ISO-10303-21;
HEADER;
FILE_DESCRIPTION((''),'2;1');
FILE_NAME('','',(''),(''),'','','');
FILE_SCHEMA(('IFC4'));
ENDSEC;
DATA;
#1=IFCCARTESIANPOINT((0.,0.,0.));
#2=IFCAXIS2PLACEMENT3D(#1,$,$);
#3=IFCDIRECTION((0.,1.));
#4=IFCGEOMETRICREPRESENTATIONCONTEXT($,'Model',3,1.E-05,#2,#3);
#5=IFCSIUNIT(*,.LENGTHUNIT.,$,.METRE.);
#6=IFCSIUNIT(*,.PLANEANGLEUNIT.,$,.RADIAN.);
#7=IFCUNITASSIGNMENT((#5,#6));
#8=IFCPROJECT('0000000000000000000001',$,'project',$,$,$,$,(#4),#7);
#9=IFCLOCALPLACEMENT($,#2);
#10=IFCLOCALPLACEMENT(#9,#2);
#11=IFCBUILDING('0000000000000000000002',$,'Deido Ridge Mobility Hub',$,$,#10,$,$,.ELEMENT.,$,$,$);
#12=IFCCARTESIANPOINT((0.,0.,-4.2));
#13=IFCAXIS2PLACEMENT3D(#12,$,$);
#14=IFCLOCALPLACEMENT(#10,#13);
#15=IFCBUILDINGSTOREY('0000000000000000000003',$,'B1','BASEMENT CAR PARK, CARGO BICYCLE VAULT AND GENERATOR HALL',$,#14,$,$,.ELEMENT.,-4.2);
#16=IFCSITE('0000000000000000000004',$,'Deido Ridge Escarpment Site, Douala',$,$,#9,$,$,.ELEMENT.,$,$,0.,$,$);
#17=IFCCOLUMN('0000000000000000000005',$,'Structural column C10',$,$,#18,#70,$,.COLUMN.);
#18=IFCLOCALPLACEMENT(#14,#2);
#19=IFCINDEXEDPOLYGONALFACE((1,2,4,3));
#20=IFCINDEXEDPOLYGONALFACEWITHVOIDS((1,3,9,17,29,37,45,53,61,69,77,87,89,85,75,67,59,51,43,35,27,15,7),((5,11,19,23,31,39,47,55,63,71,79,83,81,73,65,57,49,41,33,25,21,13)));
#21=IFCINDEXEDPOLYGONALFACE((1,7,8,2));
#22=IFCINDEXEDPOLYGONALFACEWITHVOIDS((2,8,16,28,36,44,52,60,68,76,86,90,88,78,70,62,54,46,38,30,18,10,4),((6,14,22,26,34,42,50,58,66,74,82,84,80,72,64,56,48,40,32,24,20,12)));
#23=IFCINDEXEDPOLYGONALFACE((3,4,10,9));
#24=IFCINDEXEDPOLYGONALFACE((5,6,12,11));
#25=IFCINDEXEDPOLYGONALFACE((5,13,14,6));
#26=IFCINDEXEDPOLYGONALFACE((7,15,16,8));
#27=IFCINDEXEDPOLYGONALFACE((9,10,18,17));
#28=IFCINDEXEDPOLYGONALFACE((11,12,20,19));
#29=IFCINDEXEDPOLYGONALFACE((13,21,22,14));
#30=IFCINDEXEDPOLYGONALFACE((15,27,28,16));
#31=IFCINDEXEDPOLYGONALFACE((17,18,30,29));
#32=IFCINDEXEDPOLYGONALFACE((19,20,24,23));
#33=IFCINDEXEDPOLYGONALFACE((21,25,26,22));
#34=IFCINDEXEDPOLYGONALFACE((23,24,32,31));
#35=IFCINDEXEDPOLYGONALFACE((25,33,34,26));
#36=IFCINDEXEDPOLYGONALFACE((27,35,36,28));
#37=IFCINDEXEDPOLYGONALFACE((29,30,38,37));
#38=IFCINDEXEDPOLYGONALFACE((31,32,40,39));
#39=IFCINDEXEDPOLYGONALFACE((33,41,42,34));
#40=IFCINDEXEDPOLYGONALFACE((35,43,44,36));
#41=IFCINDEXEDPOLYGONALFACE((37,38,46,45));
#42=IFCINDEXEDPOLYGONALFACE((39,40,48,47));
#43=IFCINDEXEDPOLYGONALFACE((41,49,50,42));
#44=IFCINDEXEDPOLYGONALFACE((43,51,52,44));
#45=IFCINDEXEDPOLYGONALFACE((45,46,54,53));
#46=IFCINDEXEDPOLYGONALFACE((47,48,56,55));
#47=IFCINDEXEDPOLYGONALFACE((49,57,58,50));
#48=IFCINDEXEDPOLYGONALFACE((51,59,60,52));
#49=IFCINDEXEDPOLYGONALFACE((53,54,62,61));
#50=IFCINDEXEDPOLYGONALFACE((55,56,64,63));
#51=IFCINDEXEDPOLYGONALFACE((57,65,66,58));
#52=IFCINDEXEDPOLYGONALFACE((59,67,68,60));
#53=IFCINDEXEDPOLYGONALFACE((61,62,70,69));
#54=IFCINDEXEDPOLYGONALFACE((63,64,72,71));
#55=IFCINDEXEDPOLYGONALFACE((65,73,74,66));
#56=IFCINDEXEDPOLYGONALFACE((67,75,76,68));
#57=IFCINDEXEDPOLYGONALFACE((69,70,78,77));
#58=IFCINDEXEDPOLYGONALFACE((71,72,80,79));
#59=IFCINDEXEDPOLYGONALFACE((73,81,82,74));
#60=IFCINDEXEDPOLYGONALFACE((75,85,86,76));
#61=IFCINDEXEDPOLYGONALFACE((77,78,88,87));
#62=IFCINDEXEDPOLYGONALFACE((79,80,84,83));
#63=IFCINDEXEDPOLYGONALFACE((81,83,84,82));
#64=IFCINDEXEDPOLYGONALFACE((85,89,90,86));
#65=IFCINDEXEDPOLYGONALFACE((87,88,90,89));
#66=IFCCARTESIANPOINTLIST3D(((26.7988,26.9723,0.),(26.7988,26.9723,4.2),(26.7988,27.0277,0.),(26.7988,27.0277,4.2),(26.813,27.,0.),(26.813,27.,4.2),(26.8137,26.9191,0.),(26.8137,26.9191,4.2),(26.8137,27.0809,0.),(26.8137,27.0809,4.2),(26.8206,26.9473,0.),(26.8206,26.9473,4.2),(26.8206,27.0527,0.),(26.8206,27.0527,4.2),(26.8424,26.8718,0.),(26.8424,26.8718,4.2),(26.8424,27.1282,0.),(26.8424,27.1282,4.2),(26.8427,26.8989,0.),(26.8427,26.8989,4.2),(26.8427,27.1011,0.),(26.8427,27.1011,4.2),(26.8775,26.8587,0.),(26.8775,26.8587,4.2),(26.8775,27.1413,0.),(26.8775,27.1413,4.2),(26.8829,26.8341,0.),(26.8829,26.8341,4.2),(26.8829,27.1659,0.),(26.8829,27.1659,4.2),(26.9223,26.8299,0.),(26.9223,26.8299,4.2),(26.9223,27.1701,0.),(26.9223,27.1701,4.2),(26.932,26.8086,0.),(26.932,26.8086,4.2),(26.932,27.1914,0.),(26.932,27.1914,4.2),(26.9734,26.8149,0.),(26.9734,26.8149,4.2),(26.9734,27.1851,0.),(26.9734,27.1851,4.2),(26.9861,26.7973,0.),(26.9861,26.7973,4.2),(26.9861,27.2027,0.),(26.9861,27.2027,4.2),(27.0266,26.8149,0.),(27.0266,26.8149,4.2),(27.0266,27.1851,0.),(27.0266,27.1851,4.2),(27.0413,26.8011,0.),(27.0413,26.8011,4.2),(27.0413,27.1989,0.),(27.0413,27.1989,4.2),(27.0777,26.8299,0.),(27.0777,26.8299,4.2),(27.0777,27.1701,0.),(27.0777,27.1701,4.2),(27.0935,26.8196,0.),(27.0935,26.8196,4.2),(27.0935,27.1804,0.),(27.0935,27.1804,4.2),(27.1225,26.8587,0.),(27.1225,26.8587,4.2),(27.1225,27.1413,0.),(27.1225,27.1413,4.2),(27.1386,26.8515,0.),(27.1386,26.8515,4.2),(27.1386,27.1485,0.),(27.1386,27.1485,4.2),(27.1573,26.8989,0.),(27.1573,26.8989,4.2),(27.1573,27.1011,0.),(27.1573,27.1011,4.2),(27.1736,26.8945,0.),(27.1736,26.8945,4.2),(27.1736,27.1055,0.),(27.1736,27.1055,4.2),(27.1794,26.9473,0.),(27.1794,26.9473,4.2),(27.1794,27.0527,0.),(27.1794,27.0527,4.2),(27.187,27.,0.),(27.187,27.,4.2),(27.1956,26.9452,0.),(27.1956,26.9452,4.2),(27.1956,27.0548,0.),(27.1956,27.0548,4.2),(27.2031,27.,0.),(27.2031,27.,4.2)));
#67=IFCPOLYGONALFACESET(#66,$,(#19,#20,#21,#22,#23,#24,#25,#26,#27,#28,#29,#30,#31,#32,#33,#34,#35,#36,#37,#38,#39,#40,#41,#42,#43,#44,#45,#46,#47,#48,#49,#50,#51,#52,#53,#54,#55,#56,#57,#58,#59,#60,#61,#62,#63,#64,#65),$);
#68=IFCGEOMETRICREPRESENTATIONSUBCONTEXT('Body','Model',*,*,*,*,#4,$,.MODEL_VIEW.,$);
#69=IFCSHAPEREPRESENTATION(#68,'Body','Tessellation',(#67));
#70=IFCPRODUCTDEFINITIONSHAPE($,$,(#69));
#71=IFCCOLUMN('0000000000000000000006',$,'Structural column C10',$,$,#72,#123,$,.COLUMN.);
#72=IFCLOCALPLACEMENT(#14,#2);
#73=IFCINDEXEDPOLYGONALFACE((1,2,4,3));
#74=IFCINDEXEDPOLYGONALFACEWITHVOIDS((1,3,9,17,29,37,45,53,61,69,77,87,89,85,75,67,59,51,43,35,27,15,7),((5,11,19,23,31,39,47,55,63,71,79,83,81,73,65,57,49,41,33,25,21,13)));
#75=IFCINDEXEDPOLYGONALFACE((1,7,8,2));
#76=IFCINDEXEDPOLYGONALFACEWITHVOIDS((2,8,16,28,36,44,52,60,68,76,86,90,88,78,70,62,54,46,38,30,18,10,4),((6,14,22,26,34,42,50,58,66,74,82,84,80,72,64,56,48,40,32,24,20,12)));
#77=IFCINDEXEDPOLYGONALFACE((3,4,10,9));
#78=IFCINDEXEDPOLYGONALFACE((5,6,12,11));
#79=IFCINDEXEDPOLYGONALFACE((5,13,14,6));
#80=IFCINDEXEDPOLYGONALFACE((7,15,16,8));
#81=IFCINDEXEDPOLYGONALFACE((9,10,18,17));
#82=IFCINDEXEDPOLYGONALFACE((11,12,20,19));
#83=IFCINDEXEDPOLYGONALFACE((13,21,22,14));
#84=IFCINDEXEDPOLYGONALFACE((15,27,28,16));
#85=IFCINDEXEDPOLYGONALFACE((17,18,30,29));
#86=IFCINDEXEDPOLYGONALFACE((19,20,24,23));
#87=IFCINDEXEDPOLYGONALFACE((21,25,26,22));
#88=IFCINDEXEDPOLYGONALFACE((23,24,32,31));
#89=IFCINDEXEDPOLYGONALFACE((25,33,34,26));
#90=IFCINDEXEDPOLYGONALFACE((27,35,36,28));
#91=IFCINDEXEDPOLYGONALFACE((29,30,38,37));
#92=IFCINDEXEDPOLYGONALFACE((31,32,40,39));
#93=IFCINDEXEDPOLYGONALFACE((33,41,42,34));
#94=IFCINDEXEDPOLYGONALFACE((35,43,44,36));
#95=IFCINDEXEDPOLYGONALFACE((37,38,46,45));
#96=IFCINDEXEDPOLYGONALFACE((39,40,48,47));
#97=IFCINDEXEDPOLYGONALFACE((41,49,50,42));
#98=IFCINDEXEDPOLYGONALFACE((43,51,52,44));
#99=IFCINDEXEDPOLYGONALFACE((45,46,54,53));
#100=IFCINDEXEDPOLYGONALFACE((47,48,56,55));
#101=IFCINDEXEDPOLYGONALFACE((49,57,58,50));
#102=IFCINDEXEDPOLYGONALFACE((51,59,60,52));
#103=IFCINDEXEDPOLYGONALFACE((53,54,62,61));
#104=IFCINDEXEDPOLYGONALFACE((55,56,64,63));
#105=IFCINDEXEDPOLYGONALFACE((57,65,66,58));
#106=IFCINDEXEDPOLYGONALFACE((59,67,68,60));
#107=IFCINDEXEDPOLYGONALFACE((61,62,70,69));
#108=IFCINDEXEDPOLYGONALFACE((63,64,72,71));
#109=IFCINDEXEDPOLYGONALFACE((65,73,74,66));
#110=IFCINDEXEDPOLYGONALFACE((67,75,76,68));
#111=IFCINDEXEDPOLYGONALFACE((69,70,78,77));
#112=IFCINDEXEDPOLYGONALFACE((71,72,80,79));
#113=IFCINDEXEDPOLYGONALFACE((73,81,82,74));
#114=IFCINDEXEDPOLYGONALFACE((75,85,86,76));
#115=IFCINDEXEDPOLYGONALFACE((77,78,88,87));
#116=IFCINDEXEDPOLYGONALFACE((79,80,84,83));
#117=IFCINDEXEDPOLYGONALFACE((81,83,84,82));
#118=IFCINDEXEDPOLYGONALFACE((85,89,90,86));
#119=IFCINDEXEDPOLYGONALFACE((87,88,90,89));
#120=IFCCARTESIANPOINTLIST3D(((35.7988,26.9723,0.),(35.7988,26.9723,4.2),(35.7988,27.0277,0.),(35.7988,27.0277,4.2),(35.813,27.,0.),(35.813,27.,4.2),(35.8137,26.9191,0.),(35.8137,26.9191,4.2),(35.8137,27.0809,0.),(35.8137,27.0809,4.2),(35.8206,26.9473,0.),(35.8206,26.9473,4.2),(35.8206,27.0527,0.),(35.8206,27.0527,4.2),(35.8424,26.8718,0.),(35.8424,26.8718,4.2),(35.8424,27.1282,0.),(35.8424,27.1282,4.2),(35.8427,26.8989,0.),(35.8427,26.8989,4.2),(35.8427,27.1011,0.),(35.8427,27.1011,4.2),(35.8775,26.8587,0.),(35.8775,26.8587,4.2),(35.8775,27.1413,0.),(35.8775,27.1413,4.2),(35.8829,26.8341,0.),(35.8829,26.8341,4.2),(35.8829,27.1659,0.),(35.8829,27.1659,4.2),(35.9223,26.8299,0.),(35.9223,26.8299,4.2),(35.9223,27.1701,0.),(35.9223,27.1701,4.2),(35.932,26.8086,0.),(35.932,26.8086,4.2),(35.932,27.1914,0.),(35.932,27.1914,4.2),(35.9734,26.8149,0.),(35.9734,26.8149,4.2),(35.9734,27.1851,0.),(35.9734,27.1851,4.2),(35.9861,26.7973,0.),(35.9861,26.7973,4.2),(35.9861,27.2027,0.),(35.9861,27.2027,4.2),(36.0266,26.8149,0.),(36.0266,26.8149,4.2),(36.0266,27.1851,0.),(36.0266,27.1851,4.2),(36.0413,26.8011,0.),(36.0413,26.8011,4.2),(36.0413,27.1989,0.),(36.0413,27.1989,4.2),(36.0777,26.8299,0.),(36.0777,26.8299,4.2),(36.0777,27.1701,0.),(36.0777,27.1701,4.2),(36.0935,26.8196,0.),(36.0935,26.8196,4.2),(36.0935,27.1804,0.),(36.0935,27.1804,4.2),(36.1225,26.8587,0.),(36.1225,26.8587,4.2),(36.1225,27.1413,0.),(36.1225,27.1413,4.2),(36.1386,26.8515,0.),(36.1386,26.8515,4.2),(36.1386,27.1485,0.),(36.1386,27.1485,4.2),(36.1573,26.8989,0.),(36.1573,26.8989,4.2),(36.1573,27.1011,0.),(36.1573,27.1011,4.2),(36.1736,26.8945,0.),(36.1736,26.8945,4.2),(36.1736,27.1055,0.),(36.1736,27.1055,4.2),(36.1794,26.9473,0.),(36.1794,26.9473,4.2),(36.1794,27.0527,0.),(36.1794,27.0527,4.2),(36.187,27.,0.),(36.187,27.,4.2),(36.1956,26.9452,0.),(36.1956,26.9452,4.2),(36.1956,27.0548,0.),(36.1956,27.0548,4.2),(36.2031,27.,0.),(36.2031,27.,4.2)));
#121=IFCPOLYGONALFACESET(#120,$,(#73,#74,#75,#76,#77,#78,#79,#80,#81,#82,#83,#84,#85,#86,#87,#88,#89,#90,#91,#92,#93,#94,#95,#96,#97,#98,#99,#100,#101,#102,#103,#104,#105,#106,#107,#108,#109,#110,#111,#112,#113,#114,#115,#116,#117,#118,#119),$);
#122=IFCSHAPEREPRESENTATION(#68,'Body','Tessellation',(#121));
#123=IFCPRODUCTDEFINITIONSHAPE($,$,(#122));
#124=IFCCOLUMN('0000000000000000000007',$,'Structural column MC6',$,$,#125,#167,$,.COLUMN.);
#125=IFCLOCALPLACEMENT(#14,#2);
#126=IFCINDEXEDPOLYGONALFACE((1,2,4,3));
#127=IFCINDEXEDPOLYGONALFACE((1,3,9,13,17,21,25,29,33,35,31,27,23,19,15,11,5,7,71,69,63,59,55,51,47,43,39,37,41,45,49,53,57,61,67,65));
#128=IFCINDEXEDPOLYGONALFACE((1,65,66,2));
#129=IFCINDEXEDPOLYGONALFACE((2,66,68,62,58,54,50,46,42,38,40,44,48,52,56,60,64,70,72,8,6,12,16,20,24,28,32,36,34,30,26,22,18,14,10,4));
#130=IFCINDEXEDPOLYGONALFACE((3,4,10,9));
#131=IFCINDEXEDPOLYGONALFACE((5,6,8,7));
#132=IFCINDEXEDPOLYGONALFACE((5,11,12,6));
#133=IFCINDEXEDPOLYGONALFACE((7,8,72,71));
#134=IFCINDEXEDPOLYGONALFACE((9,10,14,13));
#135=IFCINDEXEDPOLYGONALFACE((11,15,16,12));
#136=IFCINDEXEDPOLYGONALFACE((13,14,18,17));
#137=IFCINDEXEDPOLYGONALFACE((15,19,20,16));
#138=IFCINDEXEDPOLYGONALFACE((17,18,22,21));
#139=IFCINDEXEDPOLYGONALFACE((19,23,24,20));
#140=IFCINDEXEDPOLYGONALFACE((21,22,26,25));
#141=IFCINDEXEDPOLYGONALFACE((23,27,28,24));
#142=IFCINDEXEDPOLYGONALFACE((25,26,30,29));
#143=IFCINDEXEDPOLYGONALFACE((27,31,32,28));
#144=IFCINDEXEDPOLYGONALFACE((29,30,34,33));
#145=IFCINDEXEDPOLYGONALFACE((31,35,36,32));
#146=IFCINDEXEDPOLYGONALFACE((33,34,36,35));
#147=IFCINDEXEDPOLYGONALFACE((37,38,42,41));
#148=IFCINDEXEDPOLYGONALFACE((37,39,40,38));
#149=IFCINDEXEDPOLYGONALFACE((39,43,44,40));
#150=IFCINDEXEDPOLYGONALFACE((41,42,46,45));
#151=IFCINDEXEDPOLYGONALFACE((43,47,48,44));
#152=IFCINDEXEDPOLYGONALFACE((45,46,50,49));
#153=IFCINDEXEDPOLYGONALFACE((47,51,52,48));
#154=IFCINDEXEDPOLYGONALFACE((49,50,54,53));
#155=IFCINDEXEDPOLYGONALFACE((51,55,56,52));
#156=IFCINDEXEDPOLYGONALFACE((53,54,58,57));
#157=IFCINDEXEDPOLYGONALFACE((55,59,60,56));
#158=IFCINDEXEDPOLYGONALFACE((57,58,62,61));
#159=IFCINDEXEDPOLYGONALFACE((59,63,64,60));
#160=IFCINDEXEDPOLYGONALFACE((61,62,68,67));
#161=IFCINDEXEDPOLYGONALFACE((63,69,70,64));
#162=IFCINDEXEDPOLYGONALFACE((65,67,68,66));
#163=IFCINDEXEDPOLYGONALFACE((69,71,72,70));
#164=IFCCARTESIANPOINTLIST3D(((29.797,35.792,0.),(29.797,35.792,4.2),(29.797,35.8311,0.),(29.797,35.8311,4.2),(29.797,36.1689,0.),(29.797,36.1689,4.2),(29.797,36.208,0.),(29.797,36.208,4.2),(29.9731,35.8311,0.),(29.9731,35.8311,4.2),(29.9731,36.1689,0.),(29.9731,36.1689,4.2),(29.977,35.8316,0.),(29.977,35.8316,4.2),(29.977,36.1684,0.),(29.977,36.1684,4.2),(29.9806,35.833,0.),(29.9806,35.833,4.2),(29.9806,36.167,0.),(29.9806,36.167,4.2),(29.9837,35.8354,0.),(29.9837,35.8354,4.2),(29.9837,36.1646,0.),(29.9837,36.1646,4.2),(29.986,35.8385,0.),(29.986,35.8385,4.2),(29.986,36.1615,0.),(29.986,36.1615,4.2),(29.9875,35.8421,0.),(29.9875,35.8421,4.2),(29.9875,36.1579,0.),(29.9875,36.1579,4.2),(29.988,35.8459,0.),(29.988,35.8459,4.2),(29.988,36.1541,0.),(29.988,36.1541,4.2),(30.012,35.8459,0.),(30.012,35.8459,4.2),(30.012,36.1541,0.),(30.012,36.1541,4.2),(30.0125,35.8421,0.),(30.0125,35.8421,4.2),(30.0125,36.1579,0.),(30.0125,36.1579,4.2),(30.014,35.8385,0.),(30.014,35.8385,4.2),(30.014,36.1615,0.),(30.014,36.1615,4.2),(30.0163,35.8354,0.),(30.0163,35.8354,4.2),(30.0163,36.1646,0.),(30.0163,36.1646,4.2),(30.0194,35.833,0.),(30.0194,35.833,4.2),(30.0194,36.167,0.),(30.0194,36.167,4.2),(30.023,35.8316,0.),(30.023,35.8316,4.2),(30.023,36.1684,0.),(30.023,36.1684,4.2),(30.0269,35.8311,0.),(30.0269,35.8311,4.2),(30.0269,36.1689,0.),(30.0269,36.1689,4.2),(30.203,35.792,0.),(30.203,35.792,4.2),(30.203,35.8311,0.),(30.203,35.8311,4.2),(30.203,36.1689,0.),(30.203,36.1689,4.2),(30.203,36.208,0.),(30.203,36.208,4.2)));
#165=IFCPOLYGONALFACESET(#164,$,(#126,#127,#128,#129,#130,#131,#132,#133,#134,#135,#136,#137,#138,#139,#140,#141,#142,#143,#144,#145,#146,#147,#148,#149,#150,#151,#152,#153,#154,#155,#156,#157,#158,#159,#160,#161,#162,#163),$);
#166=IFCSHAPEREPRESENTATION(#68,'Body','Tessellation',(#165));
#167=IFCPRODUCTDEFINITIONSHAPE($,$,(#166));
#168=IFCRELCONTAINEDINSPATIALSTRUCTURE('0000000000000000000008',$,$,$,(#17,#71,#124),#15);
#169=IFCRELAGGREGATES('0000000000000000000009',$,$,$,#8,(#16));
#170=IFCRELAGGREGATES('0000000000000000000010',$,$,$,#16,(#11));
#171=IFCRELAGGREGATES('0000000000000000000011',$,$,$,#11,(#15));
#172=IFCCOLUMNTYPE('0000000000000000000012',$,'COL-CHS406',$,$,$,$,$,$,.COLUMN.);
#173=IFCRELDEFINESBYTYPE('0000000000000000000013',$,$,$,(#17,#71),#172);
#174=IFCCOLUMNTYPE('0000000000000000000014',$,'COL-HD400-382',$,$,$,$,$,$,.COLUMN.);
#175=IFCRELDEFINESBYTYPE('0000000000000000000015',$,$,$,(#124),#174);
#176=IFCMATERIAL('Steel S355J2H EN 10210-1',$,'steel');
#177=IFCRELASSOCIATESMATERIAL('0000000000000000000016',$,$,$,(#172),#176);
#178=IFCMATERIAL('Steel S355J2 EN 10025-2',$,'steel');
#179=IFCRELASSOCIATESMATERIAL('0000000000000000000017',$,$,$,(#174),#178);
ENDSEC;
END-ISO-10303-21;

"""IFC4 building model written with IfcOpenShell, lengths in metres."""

from ifc_helpers import new_model, si_unit, direction, frame, origin, origin_2d, place, context, subcontext, project, spatial, hollow_circle, i_section, extrude, material, material_profile, profile_set, type_object, element, save


model = new_model("IFC4")

# Units and contexts
model_context = context("Model", 3, precision=1e-05, world=origin(), true_north=direction((0.0, 1.0)))
body_context = subcontext(model_context, "Body", "Model", "MODEL_VIEW")
ifc_project = project(units=[si_unit("LENGTHUNIT", "METRE"), si_unit("PLANEANGLEUNIT", "RADIAN")], contexts=[model_context])

# Site, building, storey
site_placement = place(None, origin())
site = spatial("IfcSite", under=ifc_project, at=site_placement, Name="Deido Ridge Escarpment Site, Douala", CompositionType="ELEMENT", RefElevation=0.0)
building_placement = place(site_placement, origin())
building = spatial("IfcBuilding", under=site, at=building_placement, Name="Deido Ridge Mobility Hub", CompositionType="ELEMENT")
storey_placement = place(building_placement, frame((0.0, 0.0, -4.2)))
storey = spatial("IfcBuildingStorey", under=building, at=storey_placement, Name="B1", Description="BASEMENT CAR PARK, CARGO BICYCLE VAULT AND GENERATOR HALL", CompositionType="ELEMENT", Elevation=-4.2)

# Columns
ifc_material_1 = material(Name="Steel S355J2H EN 10210-1", Category="steel")
ifc_material_profile_1 = material_profile(ifc_material_1, hollow_circle(Radius=0.2031, WallThickness=0.0161, at=origin_2d()), Name="CHS 406.4x16")
ifc_profile_set_1 = profile_set([ifc_material_profile_1], Name="Steel S355J2H EN 10210-1")
column_type_1 = type_object("IfcColumnType", Name="COL-CHS406", PredefinedType="COLUMN", material=ifc_profile_set_1)
for number, where, z_axis, x_axis, name in (
    (1, (27.0, 27.0, 0.0), (0.0, 0.0, 1.0), (1.0, 0.0, 0.0), "Structural column C10"),
    (2, (36.0, 27.0, 0.0), (0.0, 0.0, 1.0), (1.0, 0.0, 0.0), "Structural column C10"),
):
    element("IfcColumn", number, at=place(storey_placement, frame(where, z_axis=z_axis, x_axis=x_axis)), inside=storey, type_object=column_type_1, Name=name, PredefinedType="COLUMN", context=body_context, shape_type="SweptSolid", body=[
        extrude(hollow_circle(Radius=0.2031, WallThickness=0.0161, at=origin_2d()), origin(), (0.0, 0.0, 1.0), 4.2),
    ])
ifc_material_2 = material(Name="Steel S355J2 EN 10025-2", Category="steel")
ifc_material_profile_2 = material_profile(ifc_material_2, i_section(OverallWidth=0.406, OverallDepth=0.416, WebThickness=0.0239, FlangeThickness=0.0391, FilletRadius=0.0149, at=origin_2d()), Name="HD 400x382")
ifc_profile_set_2 = profile_set([ifc_material_profile_2], Name="Steel S355J2 EN 10025-2")
column_type_2 = type_object("IfcColumnType", Name="COL-HD400-382", PredefinedType="COLUMN", material=ifc_profile_set_2)
column_placement = place(storey_placement, frame((30.0, 36.0, 0.0), z_axis=(0.0, 0.0, 1.0), x_axis=(1.0, 0.0, 0.0)))
element("IfcColumn", 3, at=column_placement, inside=storey, type_object=column_type_2, Name="Structural column MC6", PredefinedType="COLUMN", context=body_context, shape_type="SweptSolid", body=[
    extrude(i_section(OverallWidth=0.406, OverallDepth=0.416, WebThickness=0.0239, FlangeThickness=0.0391, FilletRadius=0.0149, at=origin_2d()), origin(), (0.0, 0.0, 1.0), 4.2),
])

save(model, "model.ifc")
